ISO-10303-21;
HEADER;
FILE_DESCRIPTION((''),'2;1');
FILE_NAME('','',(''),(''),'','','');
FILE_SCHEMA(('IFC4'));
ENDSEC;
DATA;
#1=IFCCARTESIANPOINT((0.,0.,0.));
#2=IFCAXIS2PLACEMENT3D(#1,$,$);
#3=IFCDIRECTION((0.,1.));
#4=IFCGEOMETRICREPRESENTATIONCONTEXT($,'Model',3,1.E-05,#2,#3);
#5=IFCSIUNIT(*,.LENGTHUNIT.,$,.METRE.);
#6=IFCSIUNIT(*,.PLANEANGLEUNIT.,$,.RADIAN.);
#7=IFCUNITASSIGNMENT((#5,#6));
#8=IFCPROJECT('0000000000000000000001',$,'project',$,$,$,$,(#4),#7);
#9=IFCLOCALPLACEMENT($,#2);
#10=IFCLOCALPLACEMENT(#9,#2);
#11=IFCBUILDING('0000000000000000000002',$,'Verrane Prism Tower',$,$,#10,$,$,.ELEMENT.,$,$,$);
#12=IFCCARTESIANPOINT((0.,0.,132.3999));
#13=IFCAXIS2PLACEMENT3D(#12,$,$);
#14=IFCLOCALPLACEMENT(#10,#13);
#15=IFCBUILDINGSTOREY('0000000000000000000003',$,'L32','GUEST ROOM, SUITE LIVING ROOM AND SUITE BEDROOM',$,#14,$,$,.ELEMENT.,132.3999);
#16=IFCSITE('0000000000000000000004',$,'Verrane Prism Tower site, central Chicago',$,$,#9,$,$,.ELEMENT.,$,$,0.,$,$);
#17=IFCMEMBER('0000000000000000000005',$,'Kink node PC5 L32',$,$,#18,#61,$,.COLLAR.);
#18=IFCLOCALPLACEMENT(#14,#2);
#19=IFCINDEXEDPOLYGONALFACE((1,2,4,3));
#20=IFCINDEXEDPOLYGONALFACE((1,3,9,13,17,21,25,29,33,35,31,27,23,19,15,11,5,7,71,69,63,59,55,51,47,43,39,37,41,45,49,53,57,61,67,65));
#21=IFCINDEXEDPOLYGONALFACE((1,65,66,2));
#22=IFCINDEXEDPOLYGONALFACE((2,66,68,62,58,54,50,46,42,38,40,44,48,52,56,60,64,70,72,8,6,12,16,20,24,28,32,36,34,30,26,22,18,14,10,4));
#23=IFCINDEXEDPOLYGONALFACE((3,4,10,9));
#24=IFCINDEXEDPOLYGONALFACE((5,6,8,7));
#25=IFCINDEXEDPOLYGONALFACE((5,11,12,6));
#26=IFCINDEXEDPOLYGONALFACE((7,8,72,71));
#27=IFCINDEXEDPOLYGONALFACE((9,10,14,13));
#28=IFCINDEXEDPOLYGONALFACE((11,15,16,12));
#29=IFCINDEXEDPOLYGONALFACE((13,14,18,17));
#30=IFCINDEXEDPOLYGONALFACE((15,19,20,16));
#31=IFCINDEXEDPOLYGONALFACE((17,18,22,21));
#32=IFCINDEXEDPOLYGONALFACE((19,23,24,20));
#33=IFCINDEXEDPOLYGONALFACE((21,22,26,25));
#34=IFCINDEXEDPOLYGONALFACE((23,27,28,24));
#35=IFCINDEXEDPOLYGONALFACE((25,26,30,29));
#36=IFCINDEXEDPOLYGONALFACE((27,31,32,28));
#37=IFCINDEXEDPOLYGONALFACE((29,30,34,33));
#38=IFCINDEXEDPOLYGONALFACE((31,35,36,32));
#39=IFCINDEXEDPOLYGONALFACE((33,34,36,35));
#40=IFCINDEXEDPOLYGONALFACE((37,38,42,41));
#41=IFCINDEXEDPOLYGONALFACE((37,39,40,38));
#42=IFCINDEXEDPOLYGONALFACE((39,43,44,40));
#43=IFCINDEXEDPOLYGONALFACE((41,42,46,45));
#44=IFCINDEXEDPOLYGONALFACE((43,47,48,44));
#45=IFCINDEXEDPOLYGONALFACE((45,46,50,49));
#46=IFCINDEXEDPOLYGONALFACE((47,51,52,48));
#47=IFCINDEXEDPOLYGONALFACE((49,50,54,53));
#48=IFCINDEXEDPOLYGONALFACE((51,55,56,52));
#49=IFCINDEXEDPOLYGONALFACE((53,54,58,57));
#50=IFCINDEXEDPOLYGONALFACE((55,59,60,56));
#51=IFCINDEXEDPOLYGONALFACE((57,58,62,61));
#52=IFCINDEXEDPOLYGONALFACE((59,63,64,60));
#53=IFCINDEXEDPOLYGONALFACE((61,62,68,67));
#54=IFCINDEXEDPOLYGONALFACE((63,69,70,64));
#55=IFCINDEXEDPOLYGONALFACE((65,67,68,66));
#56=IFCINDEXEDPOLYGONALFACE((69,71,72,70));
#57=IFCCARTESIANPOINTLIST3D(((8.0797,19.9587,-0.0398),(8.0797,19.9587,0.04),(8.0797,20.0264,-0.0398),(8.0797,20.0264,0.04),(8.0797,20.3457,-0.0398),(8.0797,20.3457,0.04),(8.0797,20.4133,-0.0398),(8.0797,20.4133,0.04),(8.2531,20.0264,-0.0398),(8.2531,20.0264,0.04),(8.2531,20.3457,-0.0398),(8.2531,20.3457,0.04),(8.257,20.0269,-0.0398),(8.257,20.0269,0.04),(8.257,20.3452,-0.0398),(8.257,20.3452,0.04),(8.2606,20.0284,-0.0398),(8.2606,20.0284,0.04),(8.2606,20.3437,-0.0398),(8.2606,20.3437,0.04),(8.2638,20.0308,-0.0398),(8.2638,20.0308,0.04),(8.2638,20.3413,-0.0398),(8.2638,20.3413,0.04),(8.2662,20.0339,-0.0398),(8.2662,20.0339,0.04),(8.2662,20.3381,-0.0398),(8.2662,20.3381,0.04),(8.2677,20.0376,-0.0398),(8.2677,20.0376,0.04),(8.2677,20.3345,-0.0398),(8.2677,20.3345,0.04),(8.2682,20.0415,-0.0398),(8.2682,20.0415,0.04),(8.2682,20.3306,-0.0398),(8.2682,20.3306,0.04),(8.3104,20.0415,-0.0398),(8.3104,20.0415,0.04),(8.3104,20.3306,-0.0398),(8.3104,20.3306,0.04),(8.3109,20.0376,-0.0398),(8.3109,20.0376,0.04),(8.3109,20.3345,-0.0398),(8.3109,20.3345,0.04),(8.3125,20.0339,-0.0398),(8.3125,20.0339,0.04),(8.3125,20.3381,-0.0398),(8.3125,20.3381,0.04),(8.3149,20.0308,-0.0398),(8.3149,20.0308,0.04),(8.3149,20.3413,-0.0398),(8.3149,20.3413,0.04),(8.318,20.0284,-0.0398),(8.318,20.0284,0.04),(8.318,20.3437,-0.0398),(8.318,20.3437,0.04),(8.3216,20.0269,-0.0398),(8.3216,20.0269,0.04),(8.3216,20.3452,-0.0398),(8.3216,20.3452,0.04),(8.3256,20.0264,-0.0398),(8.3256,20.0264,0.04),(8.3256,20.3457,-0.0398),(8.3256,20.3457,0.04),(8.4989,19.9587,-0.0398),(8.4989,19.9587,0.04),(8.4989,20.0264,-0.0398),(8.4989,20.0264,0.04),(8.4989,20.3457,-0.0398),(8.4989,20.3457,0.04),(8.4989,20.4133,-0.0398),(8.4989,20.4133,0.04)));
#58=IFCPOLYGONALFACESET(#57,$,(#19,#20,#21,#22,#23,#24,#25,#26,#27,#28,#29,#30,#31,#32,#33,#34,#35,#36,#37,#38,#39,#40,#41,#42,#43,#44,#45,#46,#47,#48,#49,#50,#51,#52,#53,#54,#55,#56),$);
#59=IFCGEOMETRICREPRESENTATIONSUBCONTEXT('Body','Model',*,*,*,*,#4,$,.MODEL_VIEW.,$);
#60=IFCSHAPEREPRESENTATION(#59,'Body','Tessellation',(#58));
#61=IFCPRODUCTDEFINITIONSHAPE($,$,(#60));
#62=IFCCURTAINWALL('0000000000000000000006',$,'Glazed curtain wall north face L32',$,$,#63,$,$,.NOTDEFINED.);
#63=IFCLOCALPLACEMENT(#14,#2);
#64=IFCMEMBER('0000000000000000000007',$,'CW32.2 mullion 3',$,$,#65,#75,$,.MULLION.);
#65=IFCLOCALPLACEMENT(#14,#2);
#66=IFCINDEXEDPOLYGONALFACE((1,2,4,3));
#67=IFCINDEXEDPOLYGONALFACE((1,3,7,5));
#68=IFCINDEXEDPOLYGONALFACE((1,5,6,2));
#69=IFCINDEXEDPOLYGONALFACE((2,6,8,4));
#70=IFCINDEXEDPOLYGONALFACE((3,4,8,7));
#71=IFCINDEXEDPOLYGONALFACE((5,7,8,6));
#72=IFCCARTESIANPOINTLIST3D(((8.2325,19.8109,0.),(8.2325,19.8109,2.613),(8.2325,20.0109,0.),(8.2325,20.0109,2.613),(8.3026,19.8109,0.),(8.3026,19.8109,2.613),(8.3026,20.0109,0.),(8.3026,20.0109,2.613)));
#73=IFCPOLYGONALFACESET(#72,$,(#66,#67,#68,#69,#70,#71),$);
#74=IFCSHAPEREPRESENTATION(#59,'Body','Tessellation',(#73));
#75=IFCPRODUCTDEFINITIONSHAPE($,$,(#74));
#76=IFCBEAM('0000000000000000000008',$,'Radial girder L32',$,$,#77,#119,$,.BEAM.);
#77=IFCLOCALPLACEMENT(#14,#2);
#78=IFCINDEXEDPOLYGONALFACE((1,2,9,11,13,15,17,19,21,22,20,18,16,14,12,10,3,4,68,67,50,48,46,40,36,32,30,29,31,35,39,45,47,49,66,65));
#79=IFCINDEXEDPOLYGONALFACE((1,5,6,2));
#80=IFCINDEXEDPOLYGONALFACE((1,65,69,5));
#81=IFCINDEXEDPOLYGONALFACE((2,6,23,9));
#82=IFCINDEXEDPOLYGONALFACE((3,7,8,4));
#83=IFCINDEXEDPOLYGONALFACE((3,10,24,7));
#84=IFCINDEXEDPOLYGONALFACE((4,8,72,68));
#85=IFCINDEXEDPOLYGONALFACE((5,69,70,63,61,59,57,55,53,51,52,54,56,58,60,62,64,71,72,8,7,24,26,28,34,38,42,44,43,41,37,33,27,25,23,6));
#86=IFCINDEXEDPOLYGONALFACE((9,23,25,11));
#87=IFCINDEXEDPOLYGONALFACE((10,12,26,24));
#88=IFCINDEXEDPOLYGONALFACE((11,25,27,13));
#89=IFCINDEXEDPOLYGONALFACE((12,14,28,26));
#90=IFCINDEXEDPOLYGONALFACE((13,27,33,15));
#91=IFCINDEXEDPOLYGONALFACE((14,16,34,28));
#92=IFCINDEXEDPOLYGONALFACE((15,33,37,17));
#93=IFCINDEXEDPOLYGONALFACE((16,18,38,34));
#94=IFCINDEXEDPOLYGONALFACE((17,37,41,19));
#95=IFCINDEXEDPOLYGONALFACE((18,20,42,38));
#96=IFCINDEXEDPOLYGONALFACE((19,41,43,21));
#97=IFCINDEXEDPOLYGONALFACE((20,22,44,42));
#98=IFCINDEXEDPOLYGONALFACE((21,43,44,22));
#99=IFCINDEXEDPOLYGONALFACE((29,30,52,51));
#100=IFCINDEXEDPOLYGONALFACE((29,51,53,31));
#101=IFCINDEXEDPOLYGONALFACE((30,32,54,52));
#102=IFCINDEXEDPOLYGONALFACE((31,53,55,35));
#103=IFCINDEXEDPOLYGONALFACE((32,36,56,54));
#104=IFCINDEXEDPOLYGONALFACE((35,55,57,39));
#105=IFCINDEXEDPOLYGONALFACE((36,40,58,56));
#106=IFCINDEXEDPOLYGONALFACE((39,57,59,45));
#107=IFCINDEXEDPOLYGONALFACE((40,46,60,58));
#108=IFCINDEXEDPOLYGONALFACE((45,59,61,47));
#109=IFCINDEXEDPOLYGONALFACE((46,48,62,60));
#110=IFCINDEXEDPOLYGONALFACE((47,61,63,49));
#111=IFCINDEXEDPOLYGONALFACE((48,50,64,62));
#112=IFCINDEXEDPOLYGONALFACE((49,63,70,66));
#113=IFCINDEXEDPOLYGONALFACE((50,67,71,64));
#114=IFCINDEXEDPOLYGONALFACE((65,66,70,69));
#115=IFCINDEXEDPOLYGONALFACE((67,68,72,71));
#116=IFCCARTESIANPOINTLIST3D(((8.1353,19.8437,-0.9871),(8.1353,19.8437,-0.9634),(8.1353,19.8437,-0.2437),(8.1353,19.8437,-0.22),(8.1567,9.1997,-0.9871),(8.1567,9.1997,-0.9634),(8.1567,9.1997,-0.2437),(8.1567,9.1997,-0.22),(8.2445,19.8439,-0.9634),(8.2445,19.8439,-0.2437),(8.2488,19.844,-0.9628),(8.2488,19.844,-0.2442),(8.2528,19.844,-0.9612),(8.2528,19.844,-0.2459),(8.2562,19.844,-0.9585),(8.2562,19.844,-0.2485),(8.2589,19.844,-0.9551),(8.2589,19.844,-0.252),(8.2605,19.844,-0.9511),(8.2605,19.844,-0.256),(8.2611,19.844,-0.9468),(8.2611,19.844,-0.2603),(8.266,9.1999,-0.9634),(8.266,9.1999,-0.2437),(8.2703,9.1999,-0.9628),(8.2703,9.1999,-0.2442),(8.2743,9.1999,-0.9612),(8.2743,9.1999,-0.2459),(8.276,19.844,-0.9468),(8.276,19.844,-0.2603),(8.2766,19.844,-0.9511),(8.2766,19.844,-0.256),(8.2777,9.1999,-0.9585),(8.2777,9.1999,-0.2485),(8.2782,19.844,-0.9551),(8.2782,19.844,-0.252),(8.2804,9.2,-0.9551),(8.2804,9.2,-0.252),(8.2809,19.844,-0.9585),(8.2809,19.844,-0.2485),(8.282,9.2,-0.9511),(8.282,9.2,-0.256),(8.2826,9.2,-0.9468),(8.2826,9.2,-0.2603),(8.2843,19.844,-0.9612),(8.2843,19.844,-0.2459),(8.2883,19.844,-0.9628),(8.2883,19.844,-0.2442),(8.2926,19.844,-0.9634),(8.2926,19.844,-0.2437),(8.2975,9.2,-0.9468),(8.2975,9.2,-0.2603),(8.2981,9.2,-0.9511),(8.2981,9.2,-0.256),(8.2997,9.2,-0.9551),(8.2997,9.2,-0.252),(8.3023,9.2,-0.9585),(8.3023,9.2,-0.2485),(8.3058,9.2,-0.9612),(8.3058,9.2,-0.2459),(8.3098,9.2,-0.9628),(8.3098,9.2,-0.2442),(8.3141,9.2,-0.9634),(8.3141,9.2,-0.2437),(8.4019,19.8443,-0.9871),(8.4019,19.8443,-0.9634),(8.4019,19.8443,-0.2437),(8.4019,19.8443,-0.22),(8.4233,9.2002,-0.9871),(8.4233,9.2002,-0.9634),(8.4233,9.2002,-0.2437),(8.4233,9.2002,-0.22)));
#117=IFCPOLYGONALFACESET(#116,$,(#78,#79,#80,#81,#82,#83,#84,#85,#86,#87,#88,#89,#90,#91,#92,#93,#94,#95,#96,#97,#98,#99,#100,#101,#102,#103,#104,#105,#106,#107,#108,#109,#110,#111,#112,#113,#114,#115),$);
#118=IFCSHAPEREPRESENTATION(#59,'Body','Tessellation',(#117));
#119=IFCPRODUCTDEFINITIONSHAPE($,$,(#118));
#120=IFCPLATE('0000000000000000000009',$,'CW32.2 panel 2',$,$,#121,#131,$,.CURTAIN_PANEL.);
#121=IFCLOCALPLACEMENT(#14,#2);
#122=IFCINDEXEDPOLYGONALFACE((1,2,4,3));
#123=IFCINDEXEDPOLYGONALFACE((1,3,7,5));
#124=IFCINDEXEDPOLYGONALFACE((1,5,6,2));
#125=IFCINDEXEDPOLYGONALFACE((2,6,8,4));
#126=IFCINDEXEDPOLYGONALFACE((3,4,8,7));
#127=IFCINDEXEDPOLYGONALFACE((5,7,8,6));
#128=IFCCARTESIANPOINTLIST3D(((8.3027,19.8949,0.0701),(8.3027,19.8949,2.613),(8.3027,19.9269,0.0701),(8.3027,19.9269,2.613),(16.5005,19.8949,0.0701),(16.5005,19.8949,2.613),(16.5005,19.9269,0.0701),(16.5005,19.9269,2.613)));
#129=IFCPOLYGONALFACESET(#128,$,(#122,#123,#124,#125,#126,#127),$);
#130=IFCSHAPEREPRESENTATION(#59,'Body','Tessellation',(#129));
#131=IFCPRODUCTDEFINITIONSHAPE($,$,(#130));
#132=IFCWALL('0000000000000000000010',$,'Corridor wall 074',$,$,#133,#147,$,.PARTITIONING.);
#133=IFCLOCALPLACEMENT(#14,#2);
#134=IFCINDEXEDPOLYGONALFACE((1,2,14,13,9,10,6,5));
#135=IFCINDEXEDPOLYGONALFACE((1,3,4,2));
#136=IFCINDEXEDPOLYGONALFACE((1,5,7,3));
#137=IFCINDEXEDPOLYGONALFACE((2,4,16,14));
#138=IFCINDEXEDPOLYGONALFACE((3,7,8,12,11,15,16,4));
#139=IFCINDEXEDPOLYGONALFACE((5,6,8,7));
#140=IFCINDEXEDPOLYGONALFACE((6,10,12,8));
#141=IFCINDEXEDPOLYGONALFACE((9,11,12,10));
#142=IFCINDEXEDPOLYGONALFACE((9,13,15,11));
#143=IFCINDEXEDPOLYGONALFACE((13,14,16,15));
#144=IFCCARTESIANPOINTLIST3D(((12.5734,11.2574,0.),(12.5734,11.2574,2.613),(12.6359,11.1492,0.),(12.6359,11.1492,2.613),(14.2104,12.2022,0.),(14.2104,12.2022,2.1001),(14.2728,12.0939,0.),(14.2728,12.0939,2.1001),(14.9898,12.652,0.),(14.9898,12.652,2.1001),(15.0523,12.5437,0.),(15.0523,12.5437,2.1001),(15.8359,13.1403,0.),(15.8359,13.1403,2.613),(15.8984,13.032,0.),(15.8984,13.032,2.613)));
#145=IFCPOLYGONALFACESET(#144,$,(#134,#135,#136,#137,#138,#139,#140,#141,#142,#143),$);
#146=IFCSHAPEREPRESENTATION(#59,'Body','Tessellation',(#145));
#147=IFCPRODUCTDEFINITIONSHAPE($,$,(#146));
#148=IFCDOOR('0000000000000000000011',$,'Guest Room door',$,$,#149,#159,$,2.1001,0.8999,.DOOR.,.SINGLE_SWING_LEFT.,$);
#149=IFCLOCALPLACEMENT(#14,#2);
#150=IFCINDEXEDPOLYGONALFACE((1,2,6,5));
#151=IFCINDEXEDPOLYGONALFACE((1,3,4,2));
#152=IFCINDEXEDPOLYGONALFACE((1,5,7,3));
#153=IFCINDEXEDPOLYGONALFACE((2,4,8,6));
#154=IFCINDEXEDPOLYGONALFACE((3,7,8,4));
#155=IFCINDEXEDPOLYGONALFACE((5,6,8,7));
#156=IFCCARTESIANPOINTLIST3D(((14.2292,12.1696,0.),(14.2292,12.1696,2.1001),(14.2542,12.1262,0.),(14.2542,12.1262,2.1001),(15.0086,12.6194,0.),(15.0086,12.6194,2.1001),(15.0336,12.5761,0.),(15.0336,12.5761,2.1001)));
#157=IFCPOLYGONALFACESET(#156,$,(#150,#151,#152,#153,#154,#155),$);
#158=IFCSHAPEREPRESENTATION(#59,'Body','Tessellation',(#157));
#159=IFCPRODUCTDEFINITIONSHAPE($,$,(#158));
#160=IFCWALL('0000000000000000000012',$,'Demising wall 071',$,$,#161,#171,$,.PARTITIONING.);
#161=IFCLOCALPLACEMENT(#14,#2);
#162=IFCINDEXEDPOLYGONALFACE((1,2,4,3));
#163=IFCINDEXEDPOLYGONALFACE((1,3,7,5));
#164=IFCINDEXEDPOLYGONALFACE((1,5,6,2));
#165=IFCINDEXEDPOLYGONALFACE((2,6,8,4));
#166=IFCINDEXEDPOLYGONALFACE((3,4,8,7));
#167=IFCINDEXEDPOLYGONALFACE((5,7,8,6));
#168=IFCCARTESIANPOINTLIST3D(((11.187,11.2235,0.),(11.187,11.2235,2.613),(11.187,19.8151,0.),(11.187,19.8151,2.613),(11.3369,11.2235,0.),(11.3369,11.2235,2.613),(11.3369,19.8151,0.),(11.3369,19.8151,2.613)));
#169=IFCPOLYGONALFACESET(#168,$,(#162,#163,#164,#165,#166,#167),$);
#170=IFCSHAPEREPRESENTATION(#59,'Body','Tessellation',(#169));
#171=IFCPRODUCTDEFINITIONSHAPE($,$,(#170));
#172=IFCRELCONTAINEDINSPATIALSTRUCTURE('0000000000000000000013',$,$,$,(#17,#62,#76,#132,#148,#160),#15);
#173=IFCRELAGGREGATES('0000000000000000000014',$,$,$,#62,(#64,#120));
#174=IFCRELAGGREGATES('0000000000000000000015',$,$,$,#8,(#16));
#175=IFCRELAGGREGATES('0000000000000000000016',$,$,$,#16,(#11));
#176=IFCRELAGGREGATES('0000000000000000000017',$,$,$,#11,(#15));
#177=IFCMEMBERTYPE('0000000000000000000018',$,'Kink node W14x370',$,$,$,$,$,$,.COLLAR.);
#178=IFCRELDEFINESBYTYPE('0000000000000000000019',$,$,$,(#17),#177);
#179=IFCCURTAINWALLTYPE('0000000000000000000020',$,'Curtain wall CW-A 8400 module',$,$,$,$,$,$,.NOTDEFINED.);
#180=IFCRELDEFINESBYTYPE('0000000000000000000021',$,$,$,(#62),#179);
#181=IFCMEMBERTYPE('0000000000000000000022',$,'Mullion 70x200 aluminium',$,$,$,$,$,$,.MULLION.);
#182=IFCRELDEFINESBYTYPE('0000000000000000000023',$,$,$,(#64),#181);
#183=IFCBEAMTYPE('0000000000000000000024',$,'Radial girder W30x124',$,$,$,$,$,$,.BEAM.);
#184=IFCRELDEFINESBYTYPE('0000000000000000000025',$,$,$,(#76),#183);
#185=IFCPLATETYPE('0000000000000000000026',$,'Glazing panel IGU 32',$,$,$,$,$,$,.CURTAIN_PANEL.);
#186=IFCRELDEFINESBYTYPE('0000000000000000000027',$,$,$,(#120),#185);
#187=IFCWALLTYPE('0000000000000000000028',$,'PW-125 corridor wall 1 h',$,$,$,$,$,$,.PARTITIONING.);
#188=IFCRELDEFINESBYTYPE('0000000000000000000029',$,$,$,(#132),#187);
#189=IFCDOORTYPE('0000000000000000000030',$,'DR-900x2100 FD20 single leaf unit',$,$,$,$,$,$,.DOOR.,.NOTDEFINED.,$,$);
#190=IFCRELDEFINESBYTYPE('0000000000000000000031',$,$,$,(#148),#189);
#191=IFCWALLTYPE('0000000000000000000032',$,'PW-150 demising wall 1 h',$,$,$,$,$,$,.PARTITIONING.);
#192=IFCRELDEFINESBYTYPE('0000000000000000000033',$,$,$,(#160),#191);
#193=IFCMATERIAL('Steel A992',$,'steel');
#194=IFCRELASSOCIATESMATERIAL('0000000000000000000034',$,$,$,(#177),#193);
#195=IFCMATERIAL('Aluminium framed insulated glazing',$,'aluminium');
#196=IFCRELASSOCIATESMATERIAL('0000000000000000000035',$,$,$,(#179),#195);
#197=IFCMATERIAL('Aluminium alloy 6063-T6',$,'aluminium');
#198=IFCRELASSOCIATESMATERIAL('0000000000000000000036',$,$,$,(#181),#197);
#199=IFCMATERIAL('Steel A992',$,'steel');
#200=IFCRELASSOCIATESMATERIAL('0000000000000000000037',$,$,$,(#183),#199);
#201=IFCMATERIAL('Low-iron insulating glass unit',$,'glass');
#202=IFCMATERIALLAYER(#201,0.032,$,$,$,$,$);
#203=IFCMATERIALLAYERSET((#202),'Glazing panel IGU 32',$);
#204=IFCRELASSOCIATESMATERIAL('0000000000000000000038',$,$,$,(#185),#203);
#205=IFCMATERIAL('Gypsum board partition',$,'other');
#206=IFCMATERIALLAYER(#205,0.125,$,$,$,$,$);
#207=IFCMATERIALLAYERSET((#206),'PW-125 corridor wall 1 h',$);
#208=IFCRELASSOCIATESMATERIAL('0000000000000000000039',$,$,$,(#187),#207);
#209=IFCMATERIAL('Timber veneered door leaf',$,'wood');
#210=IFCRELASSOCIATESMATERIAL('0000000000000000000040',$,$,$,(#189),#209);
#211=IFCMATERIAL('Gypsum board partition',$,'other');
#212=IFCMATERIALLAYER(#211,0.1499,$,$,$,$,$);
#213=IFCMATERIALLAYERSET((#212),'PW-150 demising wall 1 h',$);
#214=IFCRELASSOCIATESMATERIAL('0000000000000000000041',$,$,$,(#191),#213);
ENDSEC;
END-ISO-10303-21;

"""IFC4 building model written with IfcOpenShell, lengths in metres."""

from ifc_helpers import new_model, si_unit, direction, frame, frame_2d, origin, origin_2d, place, context, subcontext, project, spatial, rectangle, i_section, extrude, material, layer, layer_set, material_profile, profile_set, type_object, element, fill, aggregate, save


model = new_model("IFC4")

# Units and contexts
model_context = context("Model", 3, precision=1e-05, world=origin(), true_north=direction((0.0, 1.0)))
body_context = subcontext(model_context, "Body", "Model", "MODEL_VIEW")
ifc_project = project(units=[si_unit("LENGTHUNIT", "METRE"), si_unit("PLANEANGLEUNIT", "RADIAN")], contexts=[model_context])

# Site, building, storey
site_placement = place(None, origin())
site = spatial("IfcSite", under=ifc_project, at=site_placement, Name="Verrane Prism Tower site, central Chicago", CompositionType="ELEMENT", RefElevation=0.0)
building_placement = place(site_placement, origin())
building = spatial("IfcBuilding", under=site, at=building_placement, Name="Verrane Prism Tower", CompositionType="ELEMENT")
storey_placement = place(building_placement, frame((0.0, 0.0, 132.3999)))
storey = spatial("IfcBuildingStorey", under=building, at=storey_placement, Name="L32", Description="GUEST ROOM, SUITE LIVING ROOM AND SUITE BEDROOM", CompositionType="ELEMENT", Elevation=132.3999)

# Member
ifc_material_1 = material(Name="Steel A992", Category="steel")
ifc_material_profile_1 = material_profile(ifc_material_1, i_section(OverallWidth=0.4192, OverallDepth=0.4546, WebThickness=0.0422, FlangeThickness=0.0676, FilletRadius=0.0151, at=origin_2d()), Name="W14x370")
ifc_profile_set_1 = profile_set([ifc_material_profile_1], Name="Steel A992")
member_type_1 = type_object("IfcMemberType", Name="Kink node W14x370", PredefinedType="COLLAR", material=ifc_profile_set_1)
member_1_placement = place(storey_placement, frame((8.2893, 20.186, -0.0398), z_axis=(0.0, 0.0, 1.0), x_axis=(1.0, 0.0, 0.0)))
element("IfcMember", 1, at=member_1_placement, inside=storey, type_object=member_type_1, Name="Kink node PC5 L32", PredefinedType="COLLAR", context=body_context, shape_type="SweptSolid", body=[
    extrude(i_section(OverallWidth=0.4192, OverallDepth=0.4546, WebThickness=0.0422, FlangeThickness=0.0676, FilletRadius=0.0151, at=origin_2d()), origin(), (0.0, 0.0, 1.0), 0.0798),
])

# Curtain wall, member
ifc_material_2 = material(Name="Aluminium framed insulated glazing", Category="aluminium")
curtain_wall_type = type_object("IfcCurtainWallType", Name="Curtain wall CW-A 8400 module", PredefinedType="NOTDEFINED", material=ifc_material_2)
curtain_wall_placement = place(storey_placement, origin())
curtain_wall = element("IfcCurtainWall", 2, at=curtain_wall_placement, inside=storey, type_object=curtain_wall_type, Name="Glazed curtain wall north face L32", PredefinedType="NOTDEFINED")
ifc_material_3 = material(Name="Aluminium alloy 6063-T6", Category="aluminium")
ifc_material_profile_2 = material_profile(ifc_material_3, rectangle(XDim=0.2, YDim=0.0701, at=origin_2d()), Name="Mullion 70x200 aluminium")
ifc_profile_set_2 = profile_set([ifc_material_profile_2], Name="Aluminium alloy 6063-T6")
member_type_2 = type_object("IfcMemberType", Name="Mullion 70x200 aluminium", PredefinedType="MULLION", material=ifc_profile_set_2)
member_2_placement = place(storey_placement, frame((8.2676, 19.9109, 0.0), z_axis=(0.0, 0.0, 1.0), x_axis=(0.0, -1.0, 0.0)))
member_2 = element("IfcMember", 3, at=member_2_placement, type_object=member_type_2, Name="CW32.2 mullion 3", PredefinedType="MULLION", context=body_context, shape_type="SweptSolid", body=[
    extrude(rectangle(XDim=0.2, YDim=0.0701, at=origin_2d()), origin(), (0.0, 0.0, 1.0), 2.613),
])

# Beam
ifc_material_4 = material(Name="Steel A992", Category="steel")
ifc_material_profile_3 = material_profile(ifc_material_4, i_section(OverallWidth=0.2666, OverallDepth=0.7671, WebThickness=0.0149, FlangeThickness=0.0237, FilletRadius=0.0166, at=origin_2d()), Name="W30x124")
ifc_profile_set_3 = profile_set([ifc_material_profile_3], Name="Steel A992")
beam_type_1 = type_object("IfcBeamType", Name="Radial girder W30x124", PredefinedType="BEAM", material=ifc_profile_set_3)
beam_1_placement = place(storey_placement, frame((8.2686, 19.844, -0.6035), z_axis=(0.002018, -0.999998, 0.0), x_axis=(0.999998, 0.002018, 0.0)))
element("IfcBeam", 4, at=beam_1_placement, inside=storey, type_object=beam_type_1, Name="Radial girder L32", PredefinedType="BEAM", context=body_context, shape_type="SweptSolid", body=[
    extrude(i_section(OverallWidth=0.2666, OverallDepth=0.7671, WebThickness=0.0149, FlangeThickness=0.0237, FilletRadius=0.0166, at=origin_2d()), origin(), (0.0, 0.0, 1.0), 10.644),
])

# Plate
ifc_material_5 = material(Name="Low-iron insulating glass unit", Category="glass")
ifc_layer_1 = layer(ifc_material_5, 0.032)
ifc_layer_set_1 = layer_set([ifc_layer_1], Name="Glazing panel IGU 32")
plate_type = type_object("IfcPlateType", Name="Glazing panel IGU 32", PredefinedType="CURTAIN_PANEL", material=ifc_layer_set_1)
plate_placement = place(storey_placement, frame((12.4016, 19.9109, 0.0701), z_axis=(0.0, 0.0, 1.0), x_axis=(-1.0, 0.0, 0.0)))
plate = element("IfcPlate", 5, at=plate_placement, type_object=plate_type, Name="CW32.2 panel 2", PredefinedType="CURTAIN_PANEL", context=body_context, shape_type="SweptSolid", body=[
    extrude(rectangle(XDim=8.1978, YDim=0.032, at=origin_2d()), origin(), (0.0, 0.0, 1.0), 2.543),
])
aggregate(curtain_wall, [member_2, plate])

# Wall, opening, door
ifc_material_6 = material(Name="Gypsum board partition", Category="other")
ifc_layer_2 = layer(ifc_material_6, 0.125)
ifc_layer_set_2 = layer_set([ifc_layer_2], Name="PW-125 corridor wall 1 h")
wall_type_1 = type_object("IfcWallType", Name="PW-125 corridor wall 1 h", PredefinedType="PARTITIONING", material=ifc_layer_set_2)
wall_1_placement = place(storey_placement, frame((12.6047, 11.2034, 0.0), z_axis=(0.0, 0.0, 1.0), x_axis=(0.866113, 0.499848, 0.0)))
wall_1 = element("IfcWall", 6, at=wall_1_placement, inside=storey, type_object=wall_type_1, Name="Corridor wall 074", PredefinedType="PARTITIONING", context=body_context, shape_type="SweptSolid", body=[
    extrude(rectangle(XDim=3.7668, YDim=0.125, at=frame_2d((1.8833, 0.0))), origin(), (0.0, 0.0, 1.0), 2.613),
])
opening_1_placement = place(wall_1_placement, frame((1.8899, 0.0, 0.0)))
opening_1 = element("IfcOpeningElement", 7, at=opening_1_placement, cuts=wall_1, PredefinedType="OPENING", context=body_context, shape_type="SweptSolid", body=[
    extrude(rectangle(XDim=0.8999, YDim=2.1001, at=frame_2d((0.45, 1.05))), frame((0.0, 0.0725, 0.0), z_axis=(0.0, -1.0, 0.0), x_axis=(1.0, 0.0, 0.0)), (0.0, 0.0, 1.0), 0.145),
])
ifc_material_7 = material(Name="Timber veneered door leaf", Category="wood")
door_type_1 = type_object("IfcDoorType", Name="DR-900x2100 FD20 single leaf unit", OperationType="NOTDEFINED", PredefinedType="DOOR", material=ifc_material_7)
door_1_placement = place(opening_1_placement, origin())
door_1 = element("IfcDoor", 8, at=door_1_placement, inside=storey, type_object=door_type_1, Name="Guest Room door", OperationType="SINGLE_SWING_LEFT", OverallHeight=2.1001, OverallWidth=0.8999, PredefinedType="DOOR", context=body_context, shape_type="SweptSolid", body=[
    extrude(rectangle(XDim=0.8999, YDim=2.1001, at=frame_2d((0.45, 1.05))), frame((0.0, 0.0249, 0.0), z_axis=(0.0, -1.0, 0.0), x_axis=(1.0, 0.0, 0.0)), (0.0, 0.0, 1.0), 0.05),
])
fill(opening_1, door_1)

# Wall
ifc_material_8 = material(Name="Gypsum board partition", Category="other")
ifc_layer_3 = layer(ifc_material_8, 0.1499)
ifc_layer_set_3 = layer_set([ifc_layer_3], Name="PW-150 demising wall 1 h")
wall_type_2 = type_object("IfcWallType", Name="PW-150 demising wall 1 h", PredefinedType="PARTITIONING", material=ifc_layer_set_3)
wall_2_placement = place(storey_placement, frame((11.262, 11.2234, 0.0), z_axis=(0.0, 0.0, 1.0), x_axis=(0.0, 1.0, 0.0)))
element("IfcWall", 9, at=wall_2_placement, inside=storey, type_object=wall_type_2, Name="Demising wall 071", PredefinedType="PARTITIONING", context=body_context, shape_type="SweptSolid", body=[
    extrude(rectangle(XDim=8.5916, YDim=0.1499, at=frame_2d((4.2959, 0.0))), origin(), (0.0, 0.0, 1.0), 2.613),
])

save(model, "model.ifc")
